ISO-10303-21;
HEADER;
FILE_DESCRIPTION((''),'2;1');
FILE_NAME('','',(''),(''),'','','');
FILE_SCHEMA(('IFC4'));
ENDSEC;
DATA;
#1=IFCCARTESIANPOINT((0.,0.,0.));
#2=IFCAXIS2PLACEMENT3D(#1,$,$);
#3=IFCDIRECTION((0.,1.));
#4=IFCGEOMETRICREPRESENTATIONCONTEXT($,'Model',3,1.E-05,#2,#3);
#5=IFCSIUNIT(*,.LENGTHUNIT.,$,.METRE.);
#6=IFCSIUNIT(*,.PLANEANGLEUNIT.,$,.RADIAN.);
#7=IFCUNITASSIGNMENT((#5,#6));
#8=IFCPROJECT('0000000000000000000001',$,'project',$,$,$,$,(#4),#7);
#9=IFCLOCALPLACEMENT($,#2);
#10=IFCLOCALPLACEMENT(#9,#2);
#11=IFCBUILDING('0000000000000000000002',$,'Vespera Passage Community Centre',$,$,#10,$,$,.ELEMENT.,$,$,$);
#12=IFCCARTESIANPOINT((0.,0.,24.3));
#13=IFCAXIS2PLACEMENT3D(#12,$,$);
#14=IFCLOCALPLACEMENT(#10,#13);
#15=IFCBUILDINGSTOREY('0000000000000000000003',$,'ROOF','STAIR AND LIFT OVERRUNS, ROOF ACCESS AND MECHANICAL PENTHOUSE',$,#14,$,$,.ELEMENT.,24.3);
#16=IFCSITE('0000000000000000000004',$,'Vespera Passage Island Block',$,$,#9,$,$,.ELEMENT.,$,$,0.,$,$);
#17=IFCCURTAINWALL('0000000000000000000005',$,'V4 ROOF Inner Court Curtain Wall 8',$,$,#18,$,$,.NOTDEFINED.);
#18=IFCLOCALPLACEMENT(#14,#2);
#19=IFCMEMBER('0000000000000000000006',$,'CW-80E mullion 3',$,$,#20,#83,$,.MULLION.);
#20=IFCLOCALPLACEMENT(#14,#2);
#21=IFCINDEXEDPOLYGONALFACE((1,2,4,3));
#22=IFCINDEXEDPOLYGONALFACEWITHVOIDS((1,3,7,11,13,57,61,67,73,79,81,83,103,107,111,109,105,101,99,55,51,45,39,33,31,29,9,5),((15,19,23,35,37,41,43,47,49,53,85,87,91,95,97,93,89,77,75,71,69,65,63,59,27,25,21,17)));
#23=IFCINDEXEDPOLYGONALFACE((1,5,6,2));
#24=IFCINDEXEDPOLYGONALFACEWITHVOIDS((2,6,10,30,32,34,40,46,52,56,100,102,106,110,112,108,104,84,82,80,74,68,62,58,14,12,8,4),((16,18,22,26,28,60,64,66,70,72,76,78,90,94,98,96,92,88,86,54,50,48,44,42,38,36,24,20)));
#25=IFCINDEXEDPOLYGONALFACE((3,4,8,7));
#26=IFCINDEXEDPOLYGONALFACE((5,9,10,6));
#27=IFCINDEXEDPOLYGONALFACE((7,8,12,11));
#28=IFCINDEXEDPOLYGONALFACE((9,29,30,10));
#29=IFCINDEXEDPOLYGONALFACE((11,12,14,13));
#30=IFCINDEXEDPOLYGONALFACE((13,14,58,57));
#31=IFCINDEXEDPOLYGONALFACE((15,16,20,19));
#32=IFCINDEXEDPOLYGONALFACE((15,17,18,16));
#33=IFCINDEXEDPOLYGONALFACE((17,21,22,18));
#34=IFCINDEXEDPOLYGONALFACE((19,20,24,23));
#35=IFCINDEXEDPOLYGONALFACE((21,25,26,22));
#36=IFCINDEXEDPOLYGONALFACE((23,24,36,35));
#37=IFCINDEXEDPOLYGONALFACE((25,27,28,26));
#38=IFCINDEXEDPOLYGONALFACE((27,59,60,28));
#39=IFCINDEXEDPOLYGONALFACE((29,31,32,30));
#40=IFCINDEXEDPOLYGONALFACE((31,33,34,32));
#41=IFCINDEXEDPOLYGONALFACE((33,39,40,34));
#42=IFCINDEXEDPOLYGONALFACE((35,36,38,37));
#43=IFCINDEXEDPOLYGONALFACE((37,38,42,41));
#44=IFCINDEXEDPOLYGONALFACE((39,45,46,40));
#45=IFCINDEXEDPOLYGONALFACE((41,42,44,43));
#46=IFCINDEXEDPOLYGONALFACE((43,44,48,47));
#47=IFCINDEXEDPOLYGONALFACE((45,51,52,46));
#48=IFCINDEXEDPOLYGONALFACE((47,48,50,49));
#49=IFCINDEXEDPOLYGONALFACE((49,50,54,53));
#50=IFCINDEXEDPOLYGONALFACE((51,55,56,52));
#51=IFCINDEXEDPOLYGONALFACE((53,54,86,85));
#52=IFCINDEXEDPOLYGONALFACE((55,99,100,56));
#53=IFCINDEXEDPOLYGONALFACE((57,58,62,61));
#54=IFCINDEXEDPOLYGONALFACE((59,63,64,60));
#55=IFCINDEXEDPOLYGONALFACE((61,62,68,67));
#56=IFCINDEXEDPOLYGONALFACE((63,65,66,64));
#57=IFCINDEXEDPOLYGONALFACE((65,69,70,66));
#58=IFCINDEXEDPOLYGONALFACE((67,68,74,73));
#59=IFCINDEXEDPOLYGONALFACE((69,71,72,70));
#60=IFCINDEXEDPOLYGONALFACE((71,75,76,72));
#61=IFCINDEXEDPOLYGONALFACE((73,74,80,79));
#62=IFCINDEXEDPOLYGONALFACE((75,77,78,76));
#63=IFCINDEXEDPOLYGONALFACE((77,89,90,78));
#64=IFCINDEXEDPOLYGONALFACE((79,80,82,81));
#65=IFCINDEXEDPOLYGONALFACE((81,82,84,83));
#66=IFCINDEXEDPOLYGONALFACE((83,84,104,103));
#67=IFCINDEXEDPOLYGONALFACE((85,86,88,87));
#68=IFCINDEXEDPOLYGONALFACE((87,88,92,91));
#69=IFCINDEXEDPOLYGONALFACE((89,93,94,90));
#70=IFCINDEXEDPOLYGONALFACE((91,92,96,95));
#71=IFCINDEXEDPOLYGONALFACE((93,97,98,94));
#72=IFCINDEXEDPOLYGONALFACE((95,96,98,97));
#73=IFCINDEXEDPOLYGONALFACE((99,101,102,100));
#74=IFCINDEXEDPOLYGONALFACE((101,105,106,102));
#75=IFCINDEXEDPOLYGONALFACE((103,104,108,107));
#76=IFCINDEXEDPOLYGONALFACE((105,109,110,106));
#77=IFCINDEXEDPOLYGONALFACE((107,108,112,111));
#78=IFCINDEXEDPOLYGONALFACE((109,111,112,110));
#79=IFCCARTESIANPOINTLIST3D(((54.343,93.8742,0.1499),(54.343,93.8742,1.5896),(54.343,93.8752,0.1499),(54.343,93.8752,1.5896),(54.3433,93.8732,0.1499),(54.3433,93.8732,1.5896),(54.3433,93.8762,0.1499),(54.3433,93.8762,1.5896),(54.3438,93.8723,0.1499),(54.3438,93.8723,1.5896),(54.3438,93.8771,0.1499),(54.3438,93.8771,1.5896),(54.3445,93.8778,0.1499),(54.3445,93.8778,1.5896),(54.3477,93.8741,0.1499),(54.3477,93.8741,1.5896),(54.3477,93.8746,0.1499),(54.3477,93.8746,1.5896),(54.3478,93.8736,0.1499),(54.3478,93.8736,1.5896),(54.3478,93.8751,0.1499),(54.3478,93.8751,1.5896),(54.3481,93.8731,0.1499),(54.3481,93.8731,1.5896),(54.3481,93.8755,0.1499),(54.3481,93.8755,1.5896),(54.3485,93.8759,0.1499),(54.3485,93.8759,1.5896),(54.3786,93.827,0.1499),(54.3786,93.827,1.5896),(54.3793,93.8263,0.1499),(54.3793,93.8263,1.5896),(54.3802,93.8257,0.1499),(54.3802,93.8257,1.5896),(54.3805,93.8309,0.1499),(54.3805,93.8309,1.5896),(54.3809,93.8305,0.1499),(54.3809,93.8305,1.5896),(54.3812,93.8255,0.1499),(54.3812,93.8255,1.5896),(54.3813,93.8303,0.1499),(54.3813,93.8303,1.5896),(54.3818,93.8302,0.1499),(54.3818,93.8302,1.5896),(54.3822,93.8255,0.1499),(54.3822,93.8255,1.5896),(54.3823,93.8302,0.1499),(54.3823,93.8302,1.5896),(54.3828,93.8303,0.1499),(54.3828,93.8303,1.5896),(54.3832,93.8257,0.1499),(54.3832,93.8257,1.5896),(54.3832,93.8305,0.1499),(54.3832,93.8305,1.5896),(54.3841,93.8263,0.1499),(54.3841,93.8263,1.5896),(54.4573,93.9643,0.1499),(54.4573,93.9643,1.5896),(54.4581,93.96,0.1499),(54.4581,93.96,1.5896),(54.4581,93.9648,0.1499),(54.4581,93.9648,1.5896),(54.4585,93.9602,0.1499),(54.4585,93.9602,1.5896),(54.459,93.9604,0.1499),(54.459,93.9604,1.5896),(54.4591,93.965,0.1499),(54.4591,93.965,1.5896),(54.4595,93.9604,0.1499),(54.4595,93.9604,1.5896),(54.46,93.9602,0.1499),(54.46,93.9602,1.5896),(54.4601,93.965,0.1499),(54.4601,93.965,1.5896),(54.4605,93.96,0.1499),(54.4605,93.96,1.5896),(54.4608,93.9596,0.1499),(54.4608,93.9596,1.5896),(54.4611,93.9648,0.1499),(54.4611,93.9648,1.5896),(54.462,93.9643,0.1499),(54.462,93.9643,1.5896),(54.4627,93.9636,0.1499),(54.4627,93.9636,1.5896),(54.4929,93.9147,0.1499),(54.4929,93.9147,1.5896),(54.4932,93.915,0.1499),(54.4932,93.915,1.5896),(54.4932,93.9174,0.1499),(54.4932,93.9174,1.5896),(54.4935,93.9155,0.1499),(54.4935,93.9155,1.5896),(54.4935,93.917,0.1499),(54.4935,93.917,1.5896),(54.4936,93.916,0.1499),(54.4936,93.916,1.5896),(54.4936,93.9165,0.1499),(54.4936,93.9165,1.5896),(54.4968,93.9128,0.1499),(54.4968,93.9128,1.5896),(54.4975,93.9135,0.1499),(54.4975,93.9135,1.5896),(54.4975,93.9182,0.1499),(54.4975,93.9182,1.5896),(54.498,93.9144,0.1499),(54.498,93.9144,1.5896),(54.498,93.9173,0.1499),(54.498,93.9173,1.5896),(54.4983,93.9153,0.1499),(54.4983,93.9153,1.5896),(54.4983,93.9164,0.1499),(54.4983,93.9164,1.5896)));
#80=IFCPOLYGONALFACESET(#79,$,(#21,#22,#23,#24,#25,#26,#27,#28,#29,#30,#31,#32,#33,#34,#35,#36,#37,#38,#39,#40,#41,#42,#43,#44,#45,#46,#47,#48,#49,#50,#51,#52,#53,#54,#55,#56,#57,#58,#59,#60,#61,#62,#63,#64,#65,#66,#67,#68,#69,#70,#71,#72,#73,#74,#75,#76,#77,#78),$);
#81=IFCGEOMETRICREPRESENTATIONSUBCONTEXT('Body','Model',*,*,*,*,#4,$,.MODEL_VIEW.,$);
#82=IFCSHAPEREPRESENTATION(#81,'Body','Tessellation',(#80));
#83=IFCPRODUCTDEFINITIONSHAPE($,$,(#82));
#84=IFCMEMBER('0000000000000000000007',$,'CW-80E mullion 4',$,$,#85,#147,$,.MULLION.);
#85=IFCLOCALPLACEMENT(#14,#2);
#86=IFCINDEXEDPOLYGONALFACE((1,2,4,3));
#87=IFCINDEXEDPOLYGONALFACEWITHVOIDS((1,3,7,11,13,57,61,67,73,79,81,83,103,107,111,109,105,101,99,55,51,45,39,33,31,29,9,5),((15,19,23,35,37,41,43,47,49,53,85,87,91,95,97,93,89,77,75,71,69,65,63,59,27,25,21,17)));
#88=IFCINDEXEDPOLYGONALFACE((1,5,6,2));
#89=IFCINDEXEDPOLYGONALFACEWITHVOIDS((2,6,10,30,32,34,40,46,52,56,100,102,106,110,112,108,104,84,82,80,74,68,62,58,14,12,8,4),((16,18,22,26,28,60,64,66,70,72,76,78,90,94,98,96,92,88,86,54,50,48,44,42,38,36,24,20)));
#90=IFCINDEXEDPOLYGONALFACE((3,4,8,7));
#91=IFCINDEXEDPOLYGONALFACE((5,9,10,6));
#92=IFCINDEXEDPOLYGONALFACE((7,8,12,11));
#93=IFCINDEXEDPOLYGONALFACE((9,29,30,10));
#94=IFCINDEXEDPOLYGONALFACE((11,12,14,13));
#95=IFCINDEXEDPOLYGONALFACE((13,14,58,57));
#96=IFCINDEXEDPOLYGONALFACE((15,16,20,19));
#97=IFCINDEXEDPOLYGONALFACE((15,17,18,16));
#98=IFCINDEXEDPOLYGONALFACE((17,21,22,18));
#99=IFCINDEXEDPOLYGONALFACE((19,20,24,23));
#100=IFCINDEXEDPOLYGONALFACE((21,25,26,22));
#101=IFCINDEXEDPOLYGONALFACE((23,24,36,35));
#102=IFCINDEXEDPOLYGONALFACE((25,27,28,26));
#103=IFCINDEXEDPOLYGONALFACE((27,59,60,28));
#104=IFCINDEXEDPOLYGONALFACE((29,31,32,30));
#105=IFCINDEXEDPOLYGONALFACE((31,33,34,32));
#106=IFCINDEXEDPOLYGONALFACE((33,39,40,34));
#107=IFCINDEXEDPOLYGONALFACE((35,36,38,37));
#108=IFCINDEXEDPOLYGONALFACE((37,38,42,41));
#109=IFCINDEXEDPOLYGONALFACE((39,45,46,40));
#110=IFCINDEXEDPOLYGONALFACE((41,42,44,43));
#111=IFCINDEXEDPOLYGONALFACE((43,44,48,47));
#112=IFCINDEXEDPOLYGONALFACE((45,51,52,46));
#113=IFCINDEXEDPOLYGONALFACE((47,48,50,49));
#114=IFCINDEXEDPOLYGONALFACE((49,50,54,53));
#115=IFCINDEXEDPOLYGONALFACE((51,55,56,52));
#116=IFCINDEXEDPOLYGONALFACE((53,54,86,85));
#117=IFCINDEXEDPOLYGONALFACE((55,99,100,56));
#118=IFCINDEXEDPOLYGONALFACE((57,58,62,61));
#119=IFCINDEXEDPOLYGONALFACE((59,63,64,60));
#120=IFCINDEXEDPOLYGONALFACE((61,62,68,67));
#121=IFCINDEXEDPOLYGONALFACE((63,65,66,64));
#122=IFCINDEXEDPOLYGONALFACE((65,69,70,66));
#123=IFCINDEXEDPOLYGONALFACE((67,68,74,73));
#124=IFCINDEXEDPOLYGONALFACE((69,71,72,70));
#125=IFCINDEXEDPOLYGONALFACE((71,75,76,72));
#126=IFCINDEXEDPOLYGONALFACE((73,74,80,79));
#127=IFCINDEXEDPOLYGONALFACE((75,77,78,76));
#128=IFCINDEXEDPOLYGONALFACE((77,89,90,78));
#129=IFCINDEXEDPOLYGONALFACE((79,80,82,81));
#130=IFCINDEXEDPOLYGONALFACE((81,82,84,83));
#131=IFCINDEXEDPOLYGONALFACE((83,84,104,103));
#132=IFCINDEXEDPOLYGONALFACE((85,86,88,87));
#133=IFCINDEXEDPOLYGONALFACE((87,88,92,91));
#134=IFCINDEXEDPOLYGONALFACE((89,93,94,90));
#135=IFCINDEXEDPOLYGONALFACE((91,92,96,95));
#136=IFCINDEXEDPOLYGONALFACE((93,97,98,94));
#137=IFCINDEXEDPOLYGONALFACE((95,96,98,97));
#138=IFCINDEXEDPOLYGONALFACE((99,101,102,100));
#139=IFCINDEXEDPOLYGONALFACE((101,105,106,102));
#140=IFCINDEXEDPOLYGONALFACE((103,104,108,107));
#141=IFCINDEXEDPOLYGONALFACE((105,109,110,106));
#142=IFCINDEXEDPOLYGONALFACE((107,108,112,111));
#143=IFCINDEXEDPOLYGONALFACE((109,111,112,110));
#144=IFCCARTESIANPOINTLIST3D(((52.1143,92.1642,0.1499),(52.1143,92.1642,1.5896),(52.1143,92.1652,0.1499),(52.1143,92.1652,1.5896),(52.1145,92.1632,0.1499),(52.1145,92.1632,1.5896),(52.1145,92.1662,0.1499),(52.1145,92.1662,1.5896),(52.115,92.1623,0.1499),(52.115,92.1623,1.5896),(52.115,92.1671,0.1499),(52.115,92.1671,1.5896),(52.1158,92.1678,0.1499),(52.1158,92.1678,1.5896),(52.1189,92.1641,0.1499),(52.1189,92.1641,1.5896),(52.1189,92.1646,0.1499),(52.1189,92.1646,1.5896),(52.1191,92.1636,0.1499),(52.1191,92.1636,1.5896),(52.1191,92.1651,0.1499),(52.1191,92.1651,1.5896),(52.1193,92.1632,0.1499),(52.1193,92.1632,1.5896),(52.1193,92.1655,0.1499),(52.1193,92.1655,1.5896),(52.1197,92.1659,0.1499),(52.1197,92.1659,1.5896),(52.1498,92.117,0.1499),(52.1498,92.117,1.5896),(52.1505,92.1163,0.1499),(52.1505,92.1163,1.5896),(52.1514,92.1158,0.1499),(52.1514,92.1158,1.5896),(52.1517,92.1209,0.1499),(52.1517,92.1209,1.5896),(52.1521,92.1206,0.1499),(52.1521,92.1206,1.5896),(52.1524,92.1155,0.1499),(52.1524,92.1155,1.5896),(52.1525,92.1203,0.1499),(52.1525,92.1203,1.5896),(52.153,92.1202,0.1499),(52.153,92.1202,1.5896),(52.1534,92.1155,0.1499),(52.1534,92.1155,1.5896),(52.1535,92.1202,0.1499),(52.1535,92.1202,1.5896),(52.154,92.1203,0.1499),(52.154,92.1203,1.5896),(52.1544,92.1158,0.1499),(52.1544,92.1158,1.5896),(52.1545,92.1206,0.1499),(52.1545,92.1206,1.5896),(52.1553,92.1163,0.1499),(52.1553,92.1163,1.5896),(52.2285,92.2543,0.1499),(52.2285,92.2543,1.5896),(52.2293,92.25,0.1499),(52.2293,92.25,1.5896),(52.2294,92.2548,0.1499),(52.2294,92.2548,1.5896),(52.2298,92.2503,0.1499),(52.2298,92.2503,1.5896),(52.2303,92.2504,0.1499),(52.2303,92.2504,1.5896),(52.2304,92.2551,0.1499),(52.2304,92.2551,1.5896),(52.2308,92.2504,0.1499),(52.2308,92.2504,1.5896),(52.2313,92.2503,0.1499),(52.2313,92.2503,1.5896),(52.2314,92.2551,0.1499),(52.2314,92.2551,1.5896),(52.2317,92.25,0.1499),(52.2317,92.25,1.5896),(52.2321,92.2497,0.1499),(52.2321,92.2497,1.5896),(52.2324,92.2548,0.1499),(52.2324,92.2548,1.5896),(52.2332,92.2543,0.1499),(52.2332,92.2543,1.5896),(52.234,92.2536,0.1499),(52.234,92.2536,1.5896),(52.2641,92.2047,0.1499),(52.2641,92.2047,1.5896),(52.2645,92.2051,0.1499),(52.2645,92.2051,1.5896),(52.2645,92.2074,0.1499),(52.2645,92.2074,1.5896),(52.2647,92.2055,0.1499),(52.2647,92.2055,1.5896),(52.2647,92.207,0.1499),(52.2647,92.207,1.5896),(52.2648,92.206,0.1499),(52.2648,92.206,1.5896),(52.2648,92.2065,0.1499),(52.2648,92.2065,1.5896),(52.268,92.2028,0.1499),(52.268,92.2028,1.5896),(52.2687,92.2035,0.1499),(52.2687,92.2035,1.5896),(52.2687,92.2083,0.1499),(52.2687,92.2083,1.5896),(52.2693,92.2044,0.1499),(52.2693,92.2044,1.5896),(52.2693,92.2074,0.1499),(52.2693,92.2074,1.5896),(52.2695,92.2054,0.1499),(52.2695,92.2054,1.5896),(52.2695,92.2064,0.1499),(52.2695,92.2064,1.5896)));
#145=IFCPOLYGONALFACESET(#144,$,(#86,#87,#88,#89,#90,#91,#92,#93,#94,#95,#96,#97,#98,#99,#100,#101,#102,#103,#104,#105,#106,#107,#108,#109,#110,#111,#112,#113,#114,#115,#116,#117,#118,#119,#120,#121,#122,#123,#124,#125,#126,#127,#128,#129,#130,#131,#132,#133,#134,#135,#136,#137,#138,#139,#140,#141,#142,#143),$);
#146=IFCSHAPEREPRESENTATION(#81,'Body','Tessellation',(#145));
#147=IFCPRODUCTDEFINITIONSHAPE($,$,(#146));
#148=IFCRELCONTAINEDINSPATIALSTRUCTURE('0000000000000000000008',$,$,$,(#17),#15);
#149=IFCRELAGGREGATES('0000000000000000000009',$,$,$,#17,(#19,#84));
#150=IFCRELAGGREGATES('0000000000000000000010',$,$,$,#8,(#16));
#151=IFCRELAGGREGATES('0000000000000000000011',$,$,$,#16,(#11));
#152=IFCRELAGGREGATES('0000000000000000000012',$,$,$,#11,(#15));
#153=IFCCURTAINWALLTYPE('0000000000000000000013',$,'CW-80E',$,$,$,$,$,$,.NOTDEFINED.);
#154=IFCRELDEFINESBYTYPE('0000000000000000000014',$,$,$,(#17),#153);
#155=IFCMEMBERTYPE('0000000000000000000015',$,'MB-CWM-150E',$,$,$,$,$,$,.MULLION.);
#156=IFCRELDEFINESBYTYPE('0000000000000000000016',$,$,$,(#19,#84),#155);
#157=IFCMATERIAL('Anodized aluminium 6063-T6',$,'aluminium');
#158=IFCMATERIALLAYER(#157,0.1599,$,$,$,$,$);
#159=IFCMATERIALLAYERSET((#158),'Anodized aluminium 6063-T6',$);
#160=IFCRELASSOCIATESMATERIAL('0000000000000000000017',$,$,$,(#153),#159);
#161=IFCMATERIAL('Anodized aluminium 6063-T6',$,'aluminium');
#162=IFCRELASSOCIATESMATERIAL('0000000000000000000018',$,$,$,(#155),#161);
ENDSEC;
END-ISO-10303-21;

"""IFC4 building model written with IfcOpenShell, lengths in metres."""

from ifc_helpers import new_model, si_unit, direction, frame, origin, origin_2d, place, context, subcontext, project, spatial, hollow_rectangle, extrude, material, layer, layer_set, material_profile, profile_set, type_object, element, aggregate, save


model = new_model("IFC4")

# Units and contexts
model_context = context("Model", 3, precision=1e-05, world=origin(), true_north=direction((0.0, 1.0)))
body_context = subcontext(model_context, "Body", "Model", "MODEL_VIEW")
ifc_project = project(units=[si_unit("LENGTHUNIT", "METRE"), si_unit("PLANEANGLEUNIT", "RADIAN")], contexts=[model_context])

# Site, building, storey
site_placement = place(None, origin())
site = spatial("IfcSite", under=ifc_project, at=site_placement, Name="Vespera Passage Island Block", CompositionType="ELEMENT", RefElevation=0.0)
building_placement = place(site_placement, origin())
building = spatial("IfcBuilding", under=site, at=building_placement, Name="Vespera Passage Community Centre", CompositionType="ELEMENT")
storey_placement = place(building_placement, frame((0.0, 0.0, 24.3)))
storey = spatial("IfcBuildingStorey", under=building, at=storey_placement, Name="ROOF", Description="STAIR AND LIFT OVERRUNS, ROOF ACCESS AND MECHANICAL PENTHOUSE", CompositionType="ELEMENT", Elevation=24.3)

# Curtain wall, members
ifc_material_1 = material(Name="Anodized aluminium 6063-T6", Category="aluminium")
ifc_layer_1 = layer(ifc_material_1, 0.1599)
ifc_layer_set_1 = layer_set([ifc_layer_1], Name="Anodized aluminium 6063-T6")
curtain_wall_type_1 = type_object("IfcCurtainWallType", Name="CW-80E", PredefinedType="NOTDEFINED", material=ifc_layer_set_1)
curtain_wall_1_placement = place(storey_placement, origin())
curtain_wall_1 = element("IfcCurtainWall", 1, at=curtain_wall_1_placement, inside=storey, type_object=curtain_wall_type_1, Name="V4 ROOF Inner Court Curtain Wall 8", PredefinedType="NOTDEFINED")
ifc_material_2 = material(Name="Anodized aluminium 6063-T6", Category="aluminium")
ifc_material_profile_1 = material_profile(ifc_material_2, hollow_rectangle(XDim=0.0649, YDim=0.1499, WallThickness=0.0039, InnerFilletRadius=0.002, OuterFilletRadius=0.0039, at=origin_2d()), Name="ALU150X65X4")
ifc_profile_set_1 = profile_set([ifc_material_profile_1], Name="Anodized aluminium 6063-T6")
member_type_1 = type_object("IfcMemberType", Name="MB-CWM-150E", PredefinedType="MULLION", material=ifc_profile_set_1)
member_1_placement = place(storey_placement, frame((54.4207, 93.8953, 0.1499), z_axis=(0.0, 0.0, 1.0), x_axis=(0.608755, -0.793358, 0.0)))
member_1 = element("IfcMember", 2, at=member_1_placement, type_object=member_type_1, Name="CW-80E mullion 3", PredefinedType="MULLION", context=body_context, shape_type="SweptSolid", body=[
    extrude(hollow_rectangle(XDim=0.0649, YDim=0.1499, WallThickness=0.0039, InnerFilletRadius=0.002, OuterFilletRadius=0.0039, at=origin_2d()), origin(), (0.0, 0.0, 1.0), 1.4397),
])
member_2_placement = place(storey_placement, frame((52.1919, 92.1853, 0.1499), z_axis=(0.0, 0.0, 1.0), x_axis=(0.608755, -0.793358, 0.0)))
member_2 = element("IfcMember", 3, at=member_2_placement, type_object=member_type_1, Name="CW-80E mullion 4", PredefinedType="MULLION", context=body_context, shape_type="SweptSolid", body=[
    extrude(hollow_rectangle(XDim=0.0649, YDim=0.1499, WallThickness=0.0039, InnerFilletRadius=0.002, OuterFilletRadius=0.0039, at=origin_2d()), origin(), (0.0, 0.0, 1.0), 1.4397),
])

aggregate(curtain_wall_1, [member_1, member_2])

save(model, "model.ifc")
